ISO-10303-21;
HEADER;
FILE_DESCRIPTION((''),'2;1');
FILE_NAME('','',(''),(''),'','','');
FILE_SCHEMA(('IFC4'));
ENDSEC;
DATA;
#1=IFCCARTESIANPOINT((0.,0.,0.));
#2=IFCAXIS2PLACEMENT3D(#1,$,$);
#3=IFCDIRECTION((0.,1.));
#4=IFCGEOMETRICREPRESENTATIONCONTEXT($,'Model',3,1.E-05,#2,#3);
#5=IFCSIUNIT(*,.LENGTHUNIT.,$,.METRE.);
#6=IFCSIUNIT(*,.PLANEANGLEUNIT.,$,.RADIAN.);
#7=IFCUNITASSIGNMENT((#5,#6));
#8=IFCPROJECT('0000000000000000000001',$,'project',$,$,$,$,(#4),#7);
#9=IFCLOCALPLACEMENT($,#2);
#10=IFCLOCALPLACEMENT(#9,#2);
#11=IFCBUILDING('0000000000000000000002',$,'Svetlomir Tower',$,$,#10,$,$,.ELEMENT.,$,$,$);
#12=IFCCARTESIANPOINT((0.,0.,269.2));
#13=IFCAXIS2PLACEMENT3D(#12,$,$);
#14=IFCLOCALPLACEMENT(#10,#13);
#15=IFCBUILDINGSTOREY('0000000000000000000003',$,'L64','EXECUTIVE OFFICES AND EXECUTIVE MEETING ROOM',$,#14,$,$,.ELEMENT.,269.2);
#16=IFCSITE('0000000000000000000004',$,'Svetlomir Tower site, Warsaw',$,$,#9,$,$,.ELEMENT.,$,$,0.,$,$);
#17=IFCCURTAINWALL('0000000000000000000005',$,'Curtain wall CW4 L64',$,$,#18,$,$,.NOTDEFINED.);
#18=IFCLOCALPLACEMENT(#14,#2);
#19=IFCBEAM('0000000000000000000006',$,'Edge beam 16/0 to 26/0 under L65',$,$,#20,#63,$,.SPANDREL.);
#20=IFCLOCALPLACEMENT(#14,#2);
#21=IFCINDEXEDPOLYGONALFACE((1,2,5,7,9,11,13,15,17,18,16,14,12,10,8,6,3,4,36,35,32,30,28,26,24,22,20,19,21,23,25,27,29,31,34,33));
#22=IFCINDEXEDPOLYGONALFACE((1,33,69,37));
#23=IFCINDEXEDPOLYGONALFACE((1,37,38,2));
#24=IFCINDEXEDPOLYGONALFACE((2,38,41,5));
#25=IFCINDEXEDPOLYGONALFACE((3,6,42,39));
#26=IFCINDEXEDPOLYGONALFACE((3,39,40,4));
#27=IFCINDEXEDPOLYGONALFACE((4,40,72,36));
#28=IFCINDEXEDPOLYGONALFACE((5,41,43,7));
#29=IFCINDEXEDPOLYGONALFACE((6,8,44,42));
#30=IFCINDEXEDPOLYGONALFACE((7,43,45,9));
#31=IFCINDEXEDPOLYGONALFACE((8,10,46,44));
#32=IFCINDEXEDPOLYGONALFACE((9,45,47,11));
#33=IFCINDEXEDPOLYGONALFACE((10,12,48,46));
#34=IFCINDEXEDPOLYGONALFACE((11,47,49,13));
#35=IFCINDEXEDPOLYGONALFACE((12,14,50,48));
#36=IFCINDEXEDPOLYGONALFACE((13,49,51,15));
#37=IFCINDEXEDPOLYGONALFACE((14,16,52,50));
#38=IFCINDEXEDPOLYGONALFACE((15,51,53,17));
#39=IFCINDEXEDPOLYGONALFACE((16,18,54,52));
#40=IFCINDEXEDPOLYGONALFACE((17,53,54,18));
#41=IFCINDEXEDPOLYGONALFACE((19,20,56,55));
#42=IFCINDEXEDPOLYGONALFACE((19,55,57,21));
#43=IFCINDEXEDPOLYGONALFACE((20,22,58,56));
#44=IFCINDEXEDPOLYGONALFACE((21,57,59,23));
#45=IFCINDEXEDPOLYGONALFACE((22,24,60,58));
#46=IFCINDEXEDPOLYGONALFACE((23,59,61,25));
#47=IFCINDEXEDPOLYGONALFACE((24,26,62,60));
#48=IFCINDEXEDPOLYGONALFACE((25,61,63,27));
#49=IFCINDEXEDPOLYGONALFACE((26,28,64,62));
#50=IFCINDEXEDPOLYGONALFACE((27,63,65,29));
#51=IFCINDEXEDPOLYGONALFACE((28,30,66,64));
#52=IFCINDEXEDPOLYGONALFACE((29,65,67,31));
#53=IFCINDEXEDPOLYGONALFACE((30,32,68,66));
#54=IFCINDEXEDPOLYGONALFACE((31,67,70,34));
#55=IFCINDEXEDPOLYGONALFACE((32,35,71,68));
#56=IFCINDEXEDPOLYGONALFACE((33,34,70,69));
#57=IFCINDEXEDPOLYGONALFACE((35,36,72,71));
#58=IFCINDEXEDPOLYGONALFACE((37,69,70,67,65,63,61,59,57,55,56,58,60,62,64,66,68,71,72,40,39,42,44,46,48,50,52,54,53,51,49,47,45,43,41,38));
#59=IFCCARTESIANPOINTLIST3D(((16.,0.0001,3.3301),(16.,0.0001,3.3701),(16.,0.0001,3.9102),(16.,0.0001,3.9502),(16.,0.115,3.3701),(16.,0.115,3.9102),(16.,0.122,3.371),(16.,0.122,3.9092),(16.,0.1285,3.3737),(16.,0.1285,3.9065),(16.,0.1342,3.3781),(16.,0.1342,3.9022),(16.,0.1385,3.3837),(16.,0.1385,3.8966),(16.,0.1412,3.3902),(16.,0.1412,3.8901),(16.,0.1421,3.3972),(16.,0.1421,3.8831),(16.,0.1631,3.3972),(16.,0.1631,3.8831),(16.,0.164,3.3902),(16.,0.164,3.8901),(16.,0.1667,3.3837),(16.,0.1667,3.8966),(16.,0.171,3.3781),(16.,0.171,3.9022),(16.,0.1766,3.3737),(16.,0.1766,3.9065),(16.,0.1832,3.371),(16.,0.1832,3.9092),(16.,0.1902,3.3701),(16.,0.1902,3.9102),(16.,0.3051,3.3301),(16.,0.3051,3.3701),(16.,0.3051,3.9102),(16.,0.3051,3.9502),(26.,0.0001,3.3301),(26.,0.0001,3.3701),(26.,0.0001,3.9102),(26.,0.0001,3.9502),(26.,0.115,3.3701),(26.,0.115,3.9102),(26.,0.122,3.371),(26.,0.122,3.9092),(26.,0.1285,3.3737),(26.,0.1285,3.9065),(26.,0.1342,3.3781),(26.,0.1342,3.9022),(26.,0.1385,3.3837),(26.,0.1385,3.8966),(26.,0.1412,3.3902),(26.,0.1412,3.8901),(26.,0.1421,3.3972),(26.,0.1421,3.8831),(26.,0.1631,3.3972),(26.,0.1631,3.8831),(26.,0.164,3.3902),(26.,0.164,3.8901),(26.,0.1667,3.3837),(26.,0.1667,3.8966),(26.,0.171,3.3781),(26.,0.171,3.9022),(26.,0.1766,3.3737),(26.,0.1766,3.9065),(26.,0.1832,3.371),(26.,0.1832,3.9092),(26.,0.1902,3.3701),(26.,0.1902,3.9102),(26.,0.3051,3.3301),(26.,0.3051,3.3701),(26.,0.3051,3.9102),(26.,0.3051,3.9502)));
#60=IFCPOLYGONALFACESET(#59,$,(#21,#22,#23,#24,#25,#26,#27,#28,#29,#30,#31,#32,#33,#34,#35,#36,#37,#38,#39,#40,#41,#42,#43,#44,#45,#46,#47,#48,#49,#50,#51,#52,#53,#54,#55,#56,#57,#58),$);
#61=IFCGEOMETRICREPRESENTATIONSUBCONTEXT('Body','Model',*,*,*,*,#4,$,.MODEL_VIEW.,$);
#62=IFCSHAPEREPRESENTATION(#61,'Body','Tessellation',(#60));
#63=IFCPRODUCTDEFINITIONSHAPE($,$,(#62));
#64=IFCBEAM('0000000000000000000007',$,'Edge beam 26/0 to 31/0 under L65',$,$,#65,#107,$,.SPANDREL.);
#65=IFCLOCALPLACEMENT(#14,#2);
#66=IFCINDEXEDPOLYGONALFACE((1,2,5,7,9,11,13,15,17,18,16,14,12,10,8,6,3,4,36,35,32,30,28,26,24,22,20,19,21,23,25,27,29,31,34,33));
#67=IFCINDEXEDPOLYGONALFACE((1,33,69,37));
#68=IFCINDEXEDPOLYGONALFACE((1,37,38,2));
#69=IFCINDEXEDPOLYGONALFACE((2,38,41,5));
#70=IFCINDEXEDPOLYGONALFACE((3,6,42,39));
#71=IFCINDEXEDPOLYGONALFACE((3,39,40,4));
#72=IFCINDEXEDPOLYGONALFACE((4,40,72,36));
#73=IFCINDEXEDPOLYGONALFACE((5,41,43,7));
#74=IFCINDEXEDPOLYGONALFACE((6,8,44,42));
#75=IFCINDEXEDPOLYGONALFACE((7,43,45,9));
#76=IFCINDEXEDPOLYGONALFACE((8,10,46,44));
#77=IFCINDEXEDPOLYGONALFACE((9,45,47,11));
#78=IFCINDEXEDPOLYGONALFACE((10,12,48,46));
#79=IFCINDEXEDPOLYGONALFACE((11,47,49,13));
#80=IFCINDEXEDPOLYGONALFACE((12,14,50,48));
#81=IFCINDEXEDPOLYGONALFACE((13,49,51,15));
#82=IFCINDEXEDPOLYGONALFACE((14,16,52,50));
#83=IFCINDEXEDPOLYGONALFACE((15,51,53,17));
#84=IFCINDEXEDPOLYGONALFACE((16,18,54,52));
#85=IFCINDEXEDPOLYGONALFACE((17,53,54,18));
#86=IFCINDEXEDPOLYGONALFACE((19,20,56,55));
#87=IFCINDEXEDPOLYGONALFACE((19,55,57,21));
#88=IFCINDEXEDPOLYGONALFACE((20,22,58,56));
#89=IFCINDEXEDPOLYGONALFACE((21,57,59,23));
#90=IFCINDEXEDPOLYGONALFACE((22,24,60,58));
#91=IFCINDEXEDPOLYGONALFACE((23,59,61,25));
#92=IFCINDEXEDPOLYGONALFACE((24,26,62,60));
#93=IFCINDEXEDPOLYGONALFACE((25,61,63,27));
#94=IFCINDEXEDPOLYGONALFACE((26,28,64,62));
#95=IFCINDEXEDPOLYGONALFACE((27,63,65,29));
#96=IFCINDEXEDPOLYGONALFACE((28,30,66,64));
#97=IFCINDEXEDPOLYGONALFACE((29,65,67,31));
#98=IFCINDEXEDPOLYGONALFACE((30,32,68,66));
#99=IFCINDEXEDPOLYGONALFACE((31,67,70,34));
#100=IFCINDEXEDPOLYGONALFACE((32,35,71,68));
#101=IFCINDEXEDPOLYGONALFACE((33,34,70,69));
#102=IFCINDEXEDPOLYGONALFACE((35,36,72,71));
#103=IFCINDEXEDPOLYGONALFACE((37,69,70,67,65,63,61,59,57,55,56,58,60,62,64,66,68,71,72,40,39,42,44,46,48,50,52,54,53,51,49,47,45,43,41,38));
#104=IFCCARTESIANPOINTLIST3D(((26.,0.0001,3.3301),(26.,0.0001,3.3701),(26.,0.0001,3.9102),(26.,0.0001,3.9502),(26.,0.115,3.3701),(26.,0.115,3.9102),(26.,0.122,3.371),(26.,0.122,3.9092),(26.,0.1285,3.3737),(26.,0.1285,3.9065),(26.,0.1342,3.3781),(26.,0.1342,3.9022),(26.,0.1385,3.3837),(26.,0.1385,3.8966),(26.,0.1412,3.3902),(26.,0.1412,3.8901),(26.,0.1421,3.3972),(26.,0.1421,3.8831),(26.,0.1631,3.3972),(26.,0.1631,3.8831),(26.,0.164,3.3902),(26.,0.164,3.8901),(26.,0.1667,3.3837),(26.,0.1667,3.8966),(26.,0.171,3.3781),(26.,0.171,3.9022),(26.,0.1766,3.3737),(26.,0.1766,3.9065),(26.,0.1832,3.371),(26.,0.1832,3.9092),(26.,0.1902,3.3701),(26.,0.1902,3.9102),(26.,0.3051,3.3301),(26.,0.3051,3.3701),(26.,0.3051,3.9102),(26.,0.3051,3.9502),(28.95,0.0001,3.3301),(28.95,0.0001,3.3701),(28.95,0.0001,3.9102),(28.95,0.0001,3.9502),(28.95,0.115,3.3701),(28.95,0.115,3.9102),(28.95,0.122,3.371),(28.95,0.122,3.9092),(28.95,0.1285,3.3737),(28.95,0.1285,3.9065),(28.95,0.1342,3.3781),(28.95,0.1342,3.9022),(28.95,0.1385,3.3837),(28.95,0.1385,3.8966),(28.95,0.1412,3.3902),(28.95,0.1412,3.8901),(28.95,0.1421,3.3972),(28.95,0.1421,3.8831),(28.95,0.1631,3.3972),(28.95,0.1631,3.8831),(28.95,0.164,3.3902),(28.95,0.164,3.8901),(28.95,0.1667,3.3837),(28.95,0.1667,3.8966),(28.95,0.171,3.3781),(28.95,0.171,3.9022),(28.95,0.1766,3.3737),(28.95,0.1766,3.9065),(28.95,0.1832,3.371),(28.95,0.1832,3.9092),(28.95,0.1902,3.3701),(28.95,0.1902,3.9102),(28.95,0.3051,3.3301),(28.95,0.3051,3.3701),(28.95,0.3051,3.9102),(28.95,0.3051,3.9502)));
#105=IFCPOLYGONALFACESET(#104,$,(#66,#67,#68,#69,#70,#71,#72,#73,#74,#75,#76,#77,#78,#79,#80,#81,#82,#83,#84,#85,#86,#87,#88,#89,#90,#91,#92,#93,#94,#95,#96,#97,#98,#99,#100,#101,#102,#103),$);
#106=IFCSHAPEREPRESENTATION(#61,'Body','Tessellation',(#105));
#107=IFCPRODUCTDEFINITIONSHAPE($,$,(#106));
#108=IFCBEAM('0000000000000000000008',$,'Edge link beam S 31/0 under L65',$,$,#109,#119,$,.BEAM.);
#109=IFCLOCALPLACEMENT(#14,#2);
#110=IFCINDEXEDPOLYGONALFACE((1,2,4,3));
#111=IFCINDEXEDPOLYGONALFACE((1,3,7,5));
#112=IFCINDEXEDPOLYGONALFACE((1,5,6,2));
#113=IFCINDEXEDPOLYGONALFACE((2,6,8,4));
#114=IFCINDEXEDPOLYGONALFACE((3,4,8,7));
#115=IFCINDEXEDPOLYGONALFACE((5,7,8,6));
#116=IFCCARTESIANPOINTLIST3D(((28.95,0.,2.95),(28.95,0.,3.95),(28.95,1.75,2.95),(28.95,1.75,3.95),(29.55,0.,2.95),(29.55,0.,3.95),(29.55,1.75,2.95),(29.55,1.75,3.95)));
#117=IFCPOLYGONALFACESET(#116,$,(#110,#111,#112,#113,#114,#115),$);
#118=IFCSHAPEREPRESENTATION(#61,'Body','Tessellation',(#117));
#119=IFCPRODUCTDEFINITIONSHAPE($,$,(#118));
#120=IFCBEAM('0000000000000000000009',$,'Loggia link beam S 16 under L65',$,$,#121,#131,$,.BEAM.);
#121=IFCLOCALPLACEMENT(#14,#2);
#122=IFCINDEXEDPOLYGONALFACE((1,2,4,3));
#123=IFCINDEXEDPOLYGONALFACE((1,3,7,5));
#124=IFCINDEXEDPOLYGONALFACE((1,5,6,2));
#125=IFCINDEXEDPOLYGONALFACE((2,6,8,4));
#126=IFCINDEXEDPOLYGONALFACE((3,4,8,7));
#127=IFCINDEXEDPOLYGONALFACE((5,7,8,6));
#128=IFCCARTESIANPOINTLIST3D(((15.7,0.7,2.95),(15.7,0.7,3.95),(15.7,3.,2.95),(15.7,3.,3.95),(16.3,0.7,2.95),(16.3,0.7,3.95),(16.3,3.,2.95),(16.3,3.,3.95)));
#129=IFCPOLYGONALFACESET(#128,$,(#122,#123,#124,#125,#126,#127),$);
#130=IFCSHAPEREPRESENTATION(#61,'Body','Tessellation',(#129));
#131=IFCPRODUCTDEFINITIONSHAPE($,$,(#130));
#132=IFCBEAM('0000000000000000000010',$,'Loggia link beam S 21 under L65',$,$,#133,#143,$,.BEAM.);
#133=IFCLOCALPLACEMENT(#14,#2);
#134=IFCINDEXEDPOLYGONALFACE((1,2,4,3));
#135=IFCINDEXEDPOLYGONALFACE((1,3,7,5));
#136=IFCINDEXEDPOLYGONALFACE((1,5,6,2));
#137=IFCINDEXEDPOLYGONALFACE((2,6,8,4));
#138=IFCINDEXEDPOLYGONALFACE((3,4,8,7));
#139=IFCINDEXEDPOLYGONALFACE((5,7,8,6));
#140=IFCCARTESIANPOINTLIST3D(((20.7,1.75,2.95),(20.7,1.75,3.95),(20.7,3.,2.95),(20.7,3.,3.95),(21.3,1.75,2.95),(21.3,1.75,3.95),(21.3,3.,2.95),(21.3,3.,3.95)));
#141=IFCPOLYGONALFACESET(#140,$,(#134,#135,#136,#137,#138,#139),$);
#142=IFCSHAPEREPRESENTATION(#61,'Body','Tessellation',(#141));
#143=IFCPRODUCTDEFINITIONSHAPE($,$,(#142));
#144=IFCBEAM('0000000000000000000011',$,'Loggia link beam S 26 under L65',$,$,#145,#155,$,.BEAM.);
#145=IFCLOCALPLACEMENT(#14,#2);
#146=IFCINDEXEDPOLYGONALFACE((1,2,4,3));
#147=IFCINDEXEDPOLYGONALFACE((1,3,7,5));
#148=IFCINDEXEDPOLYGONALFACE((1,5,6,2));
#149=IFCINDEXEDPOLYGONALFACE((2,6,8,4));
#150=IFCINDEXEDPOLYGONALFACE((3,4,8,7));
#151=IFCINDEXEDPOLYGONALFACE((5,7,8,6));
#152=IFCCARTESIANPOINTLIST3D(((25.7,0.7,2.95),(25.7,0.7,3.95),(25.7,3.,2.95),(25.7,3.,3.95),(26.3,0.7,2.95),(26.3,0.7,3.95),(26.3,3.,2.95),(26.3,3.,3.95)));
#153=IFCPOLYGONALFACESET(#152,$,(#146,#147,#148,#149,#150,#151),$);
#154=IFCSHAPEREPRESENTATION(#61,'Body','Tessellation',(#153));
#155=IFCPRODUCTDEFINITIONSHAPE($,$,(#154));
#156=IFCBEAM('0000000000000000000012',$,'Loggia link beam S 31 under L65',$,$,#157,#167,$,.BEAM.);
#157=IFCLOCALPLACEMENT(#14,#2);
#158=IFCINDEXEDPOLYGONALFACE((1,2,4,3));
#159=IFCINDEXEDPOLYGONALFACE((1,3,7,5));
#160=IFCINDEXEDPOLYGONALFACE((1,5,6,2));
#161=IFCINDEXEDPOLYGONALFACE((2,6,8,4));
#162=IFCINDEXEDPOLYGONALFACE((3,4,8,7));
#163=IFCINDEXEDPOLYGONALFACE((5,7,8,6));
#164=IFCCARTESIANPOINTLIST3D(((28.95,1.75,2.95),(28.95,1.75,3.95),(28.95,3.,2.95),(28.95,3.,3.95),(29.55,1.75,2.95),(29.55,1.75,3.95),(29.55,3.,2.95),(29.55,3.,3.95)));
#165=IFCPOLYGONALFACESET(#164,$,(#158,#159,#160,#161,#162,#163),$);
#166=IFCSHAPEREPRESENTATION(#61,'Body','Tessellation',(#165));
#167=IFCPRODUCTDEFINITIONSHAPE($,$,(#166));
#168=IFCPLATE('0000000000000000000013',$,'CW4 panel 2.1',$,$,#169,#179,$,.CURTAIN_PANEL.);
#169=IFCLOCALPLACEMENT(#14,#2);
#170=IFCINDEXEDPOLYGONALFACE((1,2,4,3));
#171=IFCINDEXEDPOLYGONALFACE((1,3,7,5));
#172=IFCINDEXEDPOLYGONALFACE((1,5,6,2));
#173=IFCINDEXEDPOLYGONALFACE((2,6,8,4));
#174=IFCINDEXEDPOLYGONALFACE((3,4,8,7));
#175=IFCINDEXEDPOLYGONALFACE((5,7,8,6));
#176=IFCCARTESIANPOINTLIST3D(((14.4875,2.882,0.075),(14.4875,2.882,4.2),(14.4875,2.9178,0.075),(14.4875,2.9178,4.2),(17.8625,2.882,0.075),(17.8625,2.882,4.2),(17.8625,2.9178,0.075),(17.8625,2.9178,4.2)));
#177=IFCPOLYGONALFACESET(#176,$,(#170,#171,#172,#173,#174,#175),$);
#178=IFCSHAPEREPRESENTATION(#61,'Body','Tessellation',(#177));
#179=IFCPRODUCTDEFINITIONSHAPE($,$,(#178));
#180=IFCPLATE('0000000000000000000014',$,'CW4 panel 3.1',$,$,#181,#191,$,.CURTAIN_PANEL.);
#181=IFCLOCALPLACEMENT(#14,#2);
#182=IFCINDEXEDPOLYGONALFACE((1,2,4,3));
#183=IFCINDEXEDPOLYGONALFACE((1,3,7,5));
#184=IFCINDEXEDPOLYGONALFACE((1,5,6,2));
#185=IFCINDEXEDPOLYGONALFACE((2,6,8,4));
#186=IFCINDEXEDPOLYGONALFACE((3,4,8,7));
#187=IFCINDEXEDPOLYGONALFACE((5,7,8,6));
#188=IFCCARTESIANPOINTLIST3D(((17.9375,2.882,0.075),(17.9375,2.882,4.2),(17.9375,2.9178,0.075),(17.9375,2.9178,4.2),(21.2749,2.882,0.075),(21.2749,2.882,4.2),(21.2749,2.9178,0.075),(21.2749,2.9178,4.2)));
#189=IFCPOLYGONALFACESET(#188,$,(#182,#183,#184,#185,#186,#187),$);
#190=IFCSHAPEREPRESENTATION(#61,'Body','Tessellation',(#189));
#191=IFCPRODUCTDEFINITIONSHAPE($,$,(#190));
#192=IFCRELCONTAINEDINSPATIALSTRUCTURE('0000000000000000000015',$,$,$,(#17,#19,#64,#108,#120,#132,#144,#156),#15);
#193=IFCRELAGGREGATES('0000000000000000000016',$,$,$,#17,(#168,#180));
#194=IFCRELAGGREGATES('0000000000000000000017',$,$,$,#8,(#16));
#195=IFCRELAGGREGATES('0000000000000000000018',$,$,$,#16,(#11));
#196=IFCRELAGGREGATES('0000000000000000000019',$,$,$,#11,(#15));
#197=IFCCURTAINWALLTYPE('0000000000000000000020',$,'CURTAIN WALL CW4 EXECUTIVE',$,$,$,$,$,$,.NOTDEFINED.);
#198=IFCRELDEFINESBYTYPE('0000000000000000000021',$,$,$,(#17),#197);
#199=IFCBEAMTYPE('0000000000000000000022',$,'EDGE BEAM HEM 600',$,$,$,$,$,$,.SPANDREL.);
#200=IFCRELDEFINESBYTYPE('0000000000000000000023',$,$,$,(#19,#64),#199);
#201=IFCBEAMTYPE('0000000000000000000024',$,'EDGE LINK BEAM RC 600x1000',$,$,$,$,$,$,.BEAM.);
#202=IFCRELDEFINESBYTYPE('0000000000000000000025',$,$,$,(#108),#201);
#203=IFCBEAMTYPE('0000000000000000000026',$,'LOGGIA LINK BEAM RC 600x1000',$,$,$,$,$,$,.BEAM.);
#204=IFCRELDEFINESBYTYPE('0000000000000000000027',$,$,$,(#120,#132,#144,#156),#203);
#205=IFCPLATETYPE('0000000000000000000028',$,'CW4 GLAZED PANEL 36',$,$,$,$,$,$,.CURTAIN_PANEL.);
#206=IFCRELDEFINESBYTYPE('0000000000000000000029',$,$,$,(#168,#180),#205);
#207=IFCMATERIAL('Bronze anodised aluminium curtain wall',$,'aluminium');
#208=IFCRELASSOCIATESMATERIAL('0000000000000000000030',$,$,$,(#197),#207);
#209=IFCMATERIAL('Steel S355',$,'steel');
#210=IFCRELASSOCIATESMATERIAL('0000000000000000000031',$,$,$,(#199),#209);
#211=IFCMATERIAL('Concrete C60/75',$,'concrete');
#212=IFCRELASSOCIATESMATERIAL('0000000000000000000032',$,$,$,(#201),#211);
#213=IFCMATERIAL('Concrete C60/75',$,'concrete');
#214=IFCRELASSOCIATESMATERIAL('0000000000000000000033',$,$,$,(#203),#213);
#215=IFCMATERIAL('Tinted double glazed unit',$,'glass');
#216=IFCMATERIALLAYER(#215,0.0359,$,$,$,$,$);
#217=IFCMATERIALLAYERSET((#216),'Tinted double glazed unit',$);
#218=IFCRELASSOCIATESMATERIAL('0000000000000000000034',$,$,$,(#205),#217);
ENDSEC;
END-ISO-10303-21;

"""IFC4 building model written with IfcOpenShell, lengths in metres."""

from ifc_helpers import new_model, si_unit, direction, frame, origin, origin_2d, place, context, subcontext, project, spatial, rectangle, i_section, extrude, material, layer, layer_set, material_profile, profile_set, type_object, element, aggregate, save


model = new_model("IFC4")

# Units and contexts
model_context = context("Model", 3, precision=1e-05, world=origin(), true_north=direction((0.0, 1.0)))
body_context = subcontext(model_context, "Body", "Model", "MODEL_VIEW")
ifc_project = project(units=[si_unit("LENGTHUNIT", "METRE"), si_unit("PLANEANGLEUNIT", "RADIAN")], contexts=[model_context])

# Site, building, storey
site_placement = place(None, origin())
site = spatial("IfcSite", under=ifc_project, at=site_placement, Name="Svetlomir Tower site, Warsaw", CompositionType="ELEMENT", RefElevation=0.0)
building_placement = place(site_placement, origin())
building = spatial("IfcBuilding", under=site, at=building_placement, Name="Svetlomir Tower", CompositionType="ELEMENT")
storey_placement = place(building_placement, frame((0.0, 0.0, 269.2)))
storey = spatial("IfcBuildingStorey", under=building, at=storey_placement, Name="L64", Description="EXECUTIVE OFFICES AND EXECUTIVE MEETING ROOM", CompositionType="ELEMENT", Elevation=269.2)

# Curtain wall
ifc_material_1 = material(Name="Bronze anodised aluminium curtain wall", Category="aluminium")
curtain_wall_type = type_object("IfcCurtainWallType", Name="CURTAIN WALL CW4 EXECUTIVE", PredefinedType="NOTDEFINED", material=ifc_material_1)
curtain_wall_1_placement = place(storey_placement, origin())
curtain_wall_1 = element("IfcCurtainWall", 1, at=curtain_wall_1_placement, inside=storey, type_object=curtain_wall_type, Name="Curtain wall CW4 L64", PredefinedType="NOTDEFINED")

# Beams
ifc_material_2 = material(Name="Steel S355", Category="steel")
ifc_material_profile_1 = material_profile(ifc_material_2, i_section(OverallWidth=0.3049, OverallDepth=0.6201, WebThickness=0.021, FlangeThickness=0.04, FilletRadius=0.0271, at=origin_2d()), Name="HEM 600")
ifc_profile_set_1 = profile_set([ifc_material_profile_1], Name="Steel S355")
beam_type_1 = type_object("IfcBeamType", Name="EDGE BEAM HEM 600", PredefinedType="SPANDREL", material=ifc_profile_set_1)
beam_1_placement = place(storey_placement, frame((16.0, 0.1526, 3.6401), z_axis=(1.0, 0.0, 0.0), x_axis=(0.0, 1.0, 0.0)))
element("IfcBeam", 2, at=beam_1_placement, inside=storey, type_object=beam_type_1, Name="Edge beam 16/0 to 26/0 under L65", PredefinedType="SPANDREL", context=body_context, shape_type="SweptSolid", body=[
    extrude(i_section(OverallWidth=0.3049, OverallDepth=0.6201, WebThickness=0.021, FlangeThickness=0.04, FilletRadius=0.0271, at=origin_2d()), origin(), (0.0, 0.0, 1.0), 10.0),
])
beam_2_placement = place(storey_placement, frame((26.0, 0.1526, 3.6401), z_axis=(1.0, 0.0, 0.0), x_axis=(0.0, 1.0, 0.0)))
element("IfcBeam", 3, at=beam_2_placement, inside=storey, type_object=beam_type_1, Name="Edge beam 26/0 to 31/0 under L65", PredefinedType="SPANDREL", context=body_context, shape_type="SweptSolid", body=[
    extrude(i_section(OverallWidth=0.3049, OverallDepth=0.6201, WebThickness=0.021, FlangeThickness=0.04, FilletRadius=0.0271, at=origin_2d()), origin(), (0.0, 0.0, 1.0), 2.95),
])
ifc_material_3 = material(Name="Concrete C60/75", Category="concrete")
ifc_material_profile_2 = material_profile(ifc_material_3, rectangle(XDim=0.6001, YDim=1.0, at=origin_2d()), Name="RC 600x1000")
ifc_profile_set_2 = profile_set([ifc_material_profile_2], Name="Concrete C60/75")
beam_type_2 = type_object("IfcBeamType", Name="EDGE LINK BEAM RC 600x1000", PredefinedType="BEAM", material=ifc_profile_set_2)
beam_3_placement = place(storey_placement, frame((29.25, 1.75, 3.45), z_axis=(0.0, -1.0, 0.0), x_axis=(1.0, 0.0, 0.0)))
element("IfcBeam", 4, at=beam_3_placement, inside=storey, type_object=beam_type_2, Name="Edge link beam S 31/0 under L65", PredefinedType="BEAM", context=body_context, shape_type="SweptSolid", body=[
    extrude(rectangle(XDim=0.6001, YDim=1.0, at=origin_2d()), origin(), (0.0, 0.0, 1.0), 1.75),
])
ifc_material_4 = material(Name="Concrete C60/75", Category="concrete")
ifc_material_profile_3 = material_profile(ifc_material_4, rectangle(XDim=0.6001, YDim=1.0, at=origin_2d()), Name="RC 600x1000")
ifc_profile_set_3 = profile_set([ifc_material_profile_3], Name="Concrete C60/75")
beam_type_3 = type_object("IfcBeamType", Name="LOGGIA LINK BEAM RC 600x1000", PredefinedType="BEAM", material=ifc_profile_set_3)
beam_4_placement = place(storey_placement, frame((16.0, 0.7, 3.45), z_axis=(0.0, 1.0, 0.0), x_axis=(-1.0, 0.0, 0.0)))
element("IfcBeam", 5, at=beam_4_placement, inside=storey, type_object=beam_type_3, Name="Loggia link beam S 16 under L65", PredefinedType="BEAM", context=body_context, shape_type="SweptSolid", body=[
    extrude(rectangle(XDim=0.6001, YDim=1.0, at=origin_2d()), origin(), (0.0, 0.0, 1.0), 2.3),
])
beam_5_placement = place(storey_placement, frame((21.0, 1.75, 3.45), z_axis=(0.0, 1.0, 0.0), x_axis=(-1.0, 0.0, 0.0)))
element("IfcBeam", 6, at=beam_5_placement, inside=storey, type_object=beam_type_3, Name="Loggia link beam S 21 under L65", PredefinedType="BEAM", context=body_context, shape_type="SweptSolid", body=[
    extrude(rectangle(XDim=0.6001, YDim=1.0, at=origin_2d()), origin(), (0.0, 0.0, 1.0), 1.25),
])
beam_6_placement = place(storey_placement, frame((26.0, 0.7, 3.45), z_axis=(0.0, 1.0, 0.0), x_axis=(-1.0, 0.0, 0.0)))
element("IfcBeam", 7, at=beam_6_placement, inside=storey, type_object=beam_type_3, Name="Loggia link beam S 26 under L65", PredefinedType="BEAM", context=body_context, shape_type="SweptSolid", body=[
    extrude(rectangle(XDim=0.6001, YDim=1.0, at=origin_2d()), origin(), (0.0, 0.0, 1.0), 2.3),
])
beam_7_placement = place(storey_placement, frame((29.25, 1.75, 3.45), z_axis=(0.0, 1.0, 0.0), x_axis=(-1.0, 0.0, 0.0)))
element("IfcBeam", 8, at=beam_7_placement, inside=storey, type_object=beam_type_3, Name="Loggia link beam S 31 under L65", PredefinedType="BEAM", context=body_context, shape_type="SweptSolid", body=[
    extrude(rectangle(XDim=0.6001, YDim=1.0, at=origin_2d()), origin(), (0.0, 0.0, 1.0), 1.25),
])

# Plates
ifc_material_5 = material(Name="Tinted double glazed unit", Category="glass")
ifc_layer_1 = layer(ifc_material_5, 0.0359)
ifc_layer_set_1 = layer_set([ifc_layer_1], Name="Tinted double glazed unit")
plate_type = type_object("IfcPlateType", Name="CW4 GLAZED PANEL 36", PredefinedType="CURTAIN_PANEL", material=ifc_layer_set_1)
plate_1_placement = place(storey_placement, frame((16.175, 2.8999, 0.075), z_axis=(0.0, 0.0, 1.0), x_axis=(1.0, 0.0, 0.0)))
plate_1 = element("IfcPlate", 9, at=plate_1_placement, type_object=plate_type, Name="CW4 panel 2.1", PredefinedType="CURTAIN_PANEL", context=body_context, shape_type="SweptSolid", body=[
    extrude(rectangle(XDim=3.375, YDim=0.0359, at=origin_2d()), origin(), (0.0, 0.0, 1.0), 4.125),
])
plate_2_placement = place(storey_placement, frame((19.6062, 2.8999, 0.075), z_axis=(0.0, 0.0, 1.0), x_axis=(1.0, 0.0, 0.0)))
plate_2 = element("IfcPlate", 10, at=plate_2_placement, type_object=plate_type, Name="CW4 panel 3.1", PredefinedType="CURTAIN_PANEL", context=body_context, shape_type="SweptSolid", body=[
    extrude(rectangle(XDim=3.3374, YDim=0.0359, at=origin_2d()), origin(), (0.0, 0.0, 1.0), 4.125),
])
aggregate(curtain_wall_1, [plate_1, plate_2])

save(model, "model.ifc")
